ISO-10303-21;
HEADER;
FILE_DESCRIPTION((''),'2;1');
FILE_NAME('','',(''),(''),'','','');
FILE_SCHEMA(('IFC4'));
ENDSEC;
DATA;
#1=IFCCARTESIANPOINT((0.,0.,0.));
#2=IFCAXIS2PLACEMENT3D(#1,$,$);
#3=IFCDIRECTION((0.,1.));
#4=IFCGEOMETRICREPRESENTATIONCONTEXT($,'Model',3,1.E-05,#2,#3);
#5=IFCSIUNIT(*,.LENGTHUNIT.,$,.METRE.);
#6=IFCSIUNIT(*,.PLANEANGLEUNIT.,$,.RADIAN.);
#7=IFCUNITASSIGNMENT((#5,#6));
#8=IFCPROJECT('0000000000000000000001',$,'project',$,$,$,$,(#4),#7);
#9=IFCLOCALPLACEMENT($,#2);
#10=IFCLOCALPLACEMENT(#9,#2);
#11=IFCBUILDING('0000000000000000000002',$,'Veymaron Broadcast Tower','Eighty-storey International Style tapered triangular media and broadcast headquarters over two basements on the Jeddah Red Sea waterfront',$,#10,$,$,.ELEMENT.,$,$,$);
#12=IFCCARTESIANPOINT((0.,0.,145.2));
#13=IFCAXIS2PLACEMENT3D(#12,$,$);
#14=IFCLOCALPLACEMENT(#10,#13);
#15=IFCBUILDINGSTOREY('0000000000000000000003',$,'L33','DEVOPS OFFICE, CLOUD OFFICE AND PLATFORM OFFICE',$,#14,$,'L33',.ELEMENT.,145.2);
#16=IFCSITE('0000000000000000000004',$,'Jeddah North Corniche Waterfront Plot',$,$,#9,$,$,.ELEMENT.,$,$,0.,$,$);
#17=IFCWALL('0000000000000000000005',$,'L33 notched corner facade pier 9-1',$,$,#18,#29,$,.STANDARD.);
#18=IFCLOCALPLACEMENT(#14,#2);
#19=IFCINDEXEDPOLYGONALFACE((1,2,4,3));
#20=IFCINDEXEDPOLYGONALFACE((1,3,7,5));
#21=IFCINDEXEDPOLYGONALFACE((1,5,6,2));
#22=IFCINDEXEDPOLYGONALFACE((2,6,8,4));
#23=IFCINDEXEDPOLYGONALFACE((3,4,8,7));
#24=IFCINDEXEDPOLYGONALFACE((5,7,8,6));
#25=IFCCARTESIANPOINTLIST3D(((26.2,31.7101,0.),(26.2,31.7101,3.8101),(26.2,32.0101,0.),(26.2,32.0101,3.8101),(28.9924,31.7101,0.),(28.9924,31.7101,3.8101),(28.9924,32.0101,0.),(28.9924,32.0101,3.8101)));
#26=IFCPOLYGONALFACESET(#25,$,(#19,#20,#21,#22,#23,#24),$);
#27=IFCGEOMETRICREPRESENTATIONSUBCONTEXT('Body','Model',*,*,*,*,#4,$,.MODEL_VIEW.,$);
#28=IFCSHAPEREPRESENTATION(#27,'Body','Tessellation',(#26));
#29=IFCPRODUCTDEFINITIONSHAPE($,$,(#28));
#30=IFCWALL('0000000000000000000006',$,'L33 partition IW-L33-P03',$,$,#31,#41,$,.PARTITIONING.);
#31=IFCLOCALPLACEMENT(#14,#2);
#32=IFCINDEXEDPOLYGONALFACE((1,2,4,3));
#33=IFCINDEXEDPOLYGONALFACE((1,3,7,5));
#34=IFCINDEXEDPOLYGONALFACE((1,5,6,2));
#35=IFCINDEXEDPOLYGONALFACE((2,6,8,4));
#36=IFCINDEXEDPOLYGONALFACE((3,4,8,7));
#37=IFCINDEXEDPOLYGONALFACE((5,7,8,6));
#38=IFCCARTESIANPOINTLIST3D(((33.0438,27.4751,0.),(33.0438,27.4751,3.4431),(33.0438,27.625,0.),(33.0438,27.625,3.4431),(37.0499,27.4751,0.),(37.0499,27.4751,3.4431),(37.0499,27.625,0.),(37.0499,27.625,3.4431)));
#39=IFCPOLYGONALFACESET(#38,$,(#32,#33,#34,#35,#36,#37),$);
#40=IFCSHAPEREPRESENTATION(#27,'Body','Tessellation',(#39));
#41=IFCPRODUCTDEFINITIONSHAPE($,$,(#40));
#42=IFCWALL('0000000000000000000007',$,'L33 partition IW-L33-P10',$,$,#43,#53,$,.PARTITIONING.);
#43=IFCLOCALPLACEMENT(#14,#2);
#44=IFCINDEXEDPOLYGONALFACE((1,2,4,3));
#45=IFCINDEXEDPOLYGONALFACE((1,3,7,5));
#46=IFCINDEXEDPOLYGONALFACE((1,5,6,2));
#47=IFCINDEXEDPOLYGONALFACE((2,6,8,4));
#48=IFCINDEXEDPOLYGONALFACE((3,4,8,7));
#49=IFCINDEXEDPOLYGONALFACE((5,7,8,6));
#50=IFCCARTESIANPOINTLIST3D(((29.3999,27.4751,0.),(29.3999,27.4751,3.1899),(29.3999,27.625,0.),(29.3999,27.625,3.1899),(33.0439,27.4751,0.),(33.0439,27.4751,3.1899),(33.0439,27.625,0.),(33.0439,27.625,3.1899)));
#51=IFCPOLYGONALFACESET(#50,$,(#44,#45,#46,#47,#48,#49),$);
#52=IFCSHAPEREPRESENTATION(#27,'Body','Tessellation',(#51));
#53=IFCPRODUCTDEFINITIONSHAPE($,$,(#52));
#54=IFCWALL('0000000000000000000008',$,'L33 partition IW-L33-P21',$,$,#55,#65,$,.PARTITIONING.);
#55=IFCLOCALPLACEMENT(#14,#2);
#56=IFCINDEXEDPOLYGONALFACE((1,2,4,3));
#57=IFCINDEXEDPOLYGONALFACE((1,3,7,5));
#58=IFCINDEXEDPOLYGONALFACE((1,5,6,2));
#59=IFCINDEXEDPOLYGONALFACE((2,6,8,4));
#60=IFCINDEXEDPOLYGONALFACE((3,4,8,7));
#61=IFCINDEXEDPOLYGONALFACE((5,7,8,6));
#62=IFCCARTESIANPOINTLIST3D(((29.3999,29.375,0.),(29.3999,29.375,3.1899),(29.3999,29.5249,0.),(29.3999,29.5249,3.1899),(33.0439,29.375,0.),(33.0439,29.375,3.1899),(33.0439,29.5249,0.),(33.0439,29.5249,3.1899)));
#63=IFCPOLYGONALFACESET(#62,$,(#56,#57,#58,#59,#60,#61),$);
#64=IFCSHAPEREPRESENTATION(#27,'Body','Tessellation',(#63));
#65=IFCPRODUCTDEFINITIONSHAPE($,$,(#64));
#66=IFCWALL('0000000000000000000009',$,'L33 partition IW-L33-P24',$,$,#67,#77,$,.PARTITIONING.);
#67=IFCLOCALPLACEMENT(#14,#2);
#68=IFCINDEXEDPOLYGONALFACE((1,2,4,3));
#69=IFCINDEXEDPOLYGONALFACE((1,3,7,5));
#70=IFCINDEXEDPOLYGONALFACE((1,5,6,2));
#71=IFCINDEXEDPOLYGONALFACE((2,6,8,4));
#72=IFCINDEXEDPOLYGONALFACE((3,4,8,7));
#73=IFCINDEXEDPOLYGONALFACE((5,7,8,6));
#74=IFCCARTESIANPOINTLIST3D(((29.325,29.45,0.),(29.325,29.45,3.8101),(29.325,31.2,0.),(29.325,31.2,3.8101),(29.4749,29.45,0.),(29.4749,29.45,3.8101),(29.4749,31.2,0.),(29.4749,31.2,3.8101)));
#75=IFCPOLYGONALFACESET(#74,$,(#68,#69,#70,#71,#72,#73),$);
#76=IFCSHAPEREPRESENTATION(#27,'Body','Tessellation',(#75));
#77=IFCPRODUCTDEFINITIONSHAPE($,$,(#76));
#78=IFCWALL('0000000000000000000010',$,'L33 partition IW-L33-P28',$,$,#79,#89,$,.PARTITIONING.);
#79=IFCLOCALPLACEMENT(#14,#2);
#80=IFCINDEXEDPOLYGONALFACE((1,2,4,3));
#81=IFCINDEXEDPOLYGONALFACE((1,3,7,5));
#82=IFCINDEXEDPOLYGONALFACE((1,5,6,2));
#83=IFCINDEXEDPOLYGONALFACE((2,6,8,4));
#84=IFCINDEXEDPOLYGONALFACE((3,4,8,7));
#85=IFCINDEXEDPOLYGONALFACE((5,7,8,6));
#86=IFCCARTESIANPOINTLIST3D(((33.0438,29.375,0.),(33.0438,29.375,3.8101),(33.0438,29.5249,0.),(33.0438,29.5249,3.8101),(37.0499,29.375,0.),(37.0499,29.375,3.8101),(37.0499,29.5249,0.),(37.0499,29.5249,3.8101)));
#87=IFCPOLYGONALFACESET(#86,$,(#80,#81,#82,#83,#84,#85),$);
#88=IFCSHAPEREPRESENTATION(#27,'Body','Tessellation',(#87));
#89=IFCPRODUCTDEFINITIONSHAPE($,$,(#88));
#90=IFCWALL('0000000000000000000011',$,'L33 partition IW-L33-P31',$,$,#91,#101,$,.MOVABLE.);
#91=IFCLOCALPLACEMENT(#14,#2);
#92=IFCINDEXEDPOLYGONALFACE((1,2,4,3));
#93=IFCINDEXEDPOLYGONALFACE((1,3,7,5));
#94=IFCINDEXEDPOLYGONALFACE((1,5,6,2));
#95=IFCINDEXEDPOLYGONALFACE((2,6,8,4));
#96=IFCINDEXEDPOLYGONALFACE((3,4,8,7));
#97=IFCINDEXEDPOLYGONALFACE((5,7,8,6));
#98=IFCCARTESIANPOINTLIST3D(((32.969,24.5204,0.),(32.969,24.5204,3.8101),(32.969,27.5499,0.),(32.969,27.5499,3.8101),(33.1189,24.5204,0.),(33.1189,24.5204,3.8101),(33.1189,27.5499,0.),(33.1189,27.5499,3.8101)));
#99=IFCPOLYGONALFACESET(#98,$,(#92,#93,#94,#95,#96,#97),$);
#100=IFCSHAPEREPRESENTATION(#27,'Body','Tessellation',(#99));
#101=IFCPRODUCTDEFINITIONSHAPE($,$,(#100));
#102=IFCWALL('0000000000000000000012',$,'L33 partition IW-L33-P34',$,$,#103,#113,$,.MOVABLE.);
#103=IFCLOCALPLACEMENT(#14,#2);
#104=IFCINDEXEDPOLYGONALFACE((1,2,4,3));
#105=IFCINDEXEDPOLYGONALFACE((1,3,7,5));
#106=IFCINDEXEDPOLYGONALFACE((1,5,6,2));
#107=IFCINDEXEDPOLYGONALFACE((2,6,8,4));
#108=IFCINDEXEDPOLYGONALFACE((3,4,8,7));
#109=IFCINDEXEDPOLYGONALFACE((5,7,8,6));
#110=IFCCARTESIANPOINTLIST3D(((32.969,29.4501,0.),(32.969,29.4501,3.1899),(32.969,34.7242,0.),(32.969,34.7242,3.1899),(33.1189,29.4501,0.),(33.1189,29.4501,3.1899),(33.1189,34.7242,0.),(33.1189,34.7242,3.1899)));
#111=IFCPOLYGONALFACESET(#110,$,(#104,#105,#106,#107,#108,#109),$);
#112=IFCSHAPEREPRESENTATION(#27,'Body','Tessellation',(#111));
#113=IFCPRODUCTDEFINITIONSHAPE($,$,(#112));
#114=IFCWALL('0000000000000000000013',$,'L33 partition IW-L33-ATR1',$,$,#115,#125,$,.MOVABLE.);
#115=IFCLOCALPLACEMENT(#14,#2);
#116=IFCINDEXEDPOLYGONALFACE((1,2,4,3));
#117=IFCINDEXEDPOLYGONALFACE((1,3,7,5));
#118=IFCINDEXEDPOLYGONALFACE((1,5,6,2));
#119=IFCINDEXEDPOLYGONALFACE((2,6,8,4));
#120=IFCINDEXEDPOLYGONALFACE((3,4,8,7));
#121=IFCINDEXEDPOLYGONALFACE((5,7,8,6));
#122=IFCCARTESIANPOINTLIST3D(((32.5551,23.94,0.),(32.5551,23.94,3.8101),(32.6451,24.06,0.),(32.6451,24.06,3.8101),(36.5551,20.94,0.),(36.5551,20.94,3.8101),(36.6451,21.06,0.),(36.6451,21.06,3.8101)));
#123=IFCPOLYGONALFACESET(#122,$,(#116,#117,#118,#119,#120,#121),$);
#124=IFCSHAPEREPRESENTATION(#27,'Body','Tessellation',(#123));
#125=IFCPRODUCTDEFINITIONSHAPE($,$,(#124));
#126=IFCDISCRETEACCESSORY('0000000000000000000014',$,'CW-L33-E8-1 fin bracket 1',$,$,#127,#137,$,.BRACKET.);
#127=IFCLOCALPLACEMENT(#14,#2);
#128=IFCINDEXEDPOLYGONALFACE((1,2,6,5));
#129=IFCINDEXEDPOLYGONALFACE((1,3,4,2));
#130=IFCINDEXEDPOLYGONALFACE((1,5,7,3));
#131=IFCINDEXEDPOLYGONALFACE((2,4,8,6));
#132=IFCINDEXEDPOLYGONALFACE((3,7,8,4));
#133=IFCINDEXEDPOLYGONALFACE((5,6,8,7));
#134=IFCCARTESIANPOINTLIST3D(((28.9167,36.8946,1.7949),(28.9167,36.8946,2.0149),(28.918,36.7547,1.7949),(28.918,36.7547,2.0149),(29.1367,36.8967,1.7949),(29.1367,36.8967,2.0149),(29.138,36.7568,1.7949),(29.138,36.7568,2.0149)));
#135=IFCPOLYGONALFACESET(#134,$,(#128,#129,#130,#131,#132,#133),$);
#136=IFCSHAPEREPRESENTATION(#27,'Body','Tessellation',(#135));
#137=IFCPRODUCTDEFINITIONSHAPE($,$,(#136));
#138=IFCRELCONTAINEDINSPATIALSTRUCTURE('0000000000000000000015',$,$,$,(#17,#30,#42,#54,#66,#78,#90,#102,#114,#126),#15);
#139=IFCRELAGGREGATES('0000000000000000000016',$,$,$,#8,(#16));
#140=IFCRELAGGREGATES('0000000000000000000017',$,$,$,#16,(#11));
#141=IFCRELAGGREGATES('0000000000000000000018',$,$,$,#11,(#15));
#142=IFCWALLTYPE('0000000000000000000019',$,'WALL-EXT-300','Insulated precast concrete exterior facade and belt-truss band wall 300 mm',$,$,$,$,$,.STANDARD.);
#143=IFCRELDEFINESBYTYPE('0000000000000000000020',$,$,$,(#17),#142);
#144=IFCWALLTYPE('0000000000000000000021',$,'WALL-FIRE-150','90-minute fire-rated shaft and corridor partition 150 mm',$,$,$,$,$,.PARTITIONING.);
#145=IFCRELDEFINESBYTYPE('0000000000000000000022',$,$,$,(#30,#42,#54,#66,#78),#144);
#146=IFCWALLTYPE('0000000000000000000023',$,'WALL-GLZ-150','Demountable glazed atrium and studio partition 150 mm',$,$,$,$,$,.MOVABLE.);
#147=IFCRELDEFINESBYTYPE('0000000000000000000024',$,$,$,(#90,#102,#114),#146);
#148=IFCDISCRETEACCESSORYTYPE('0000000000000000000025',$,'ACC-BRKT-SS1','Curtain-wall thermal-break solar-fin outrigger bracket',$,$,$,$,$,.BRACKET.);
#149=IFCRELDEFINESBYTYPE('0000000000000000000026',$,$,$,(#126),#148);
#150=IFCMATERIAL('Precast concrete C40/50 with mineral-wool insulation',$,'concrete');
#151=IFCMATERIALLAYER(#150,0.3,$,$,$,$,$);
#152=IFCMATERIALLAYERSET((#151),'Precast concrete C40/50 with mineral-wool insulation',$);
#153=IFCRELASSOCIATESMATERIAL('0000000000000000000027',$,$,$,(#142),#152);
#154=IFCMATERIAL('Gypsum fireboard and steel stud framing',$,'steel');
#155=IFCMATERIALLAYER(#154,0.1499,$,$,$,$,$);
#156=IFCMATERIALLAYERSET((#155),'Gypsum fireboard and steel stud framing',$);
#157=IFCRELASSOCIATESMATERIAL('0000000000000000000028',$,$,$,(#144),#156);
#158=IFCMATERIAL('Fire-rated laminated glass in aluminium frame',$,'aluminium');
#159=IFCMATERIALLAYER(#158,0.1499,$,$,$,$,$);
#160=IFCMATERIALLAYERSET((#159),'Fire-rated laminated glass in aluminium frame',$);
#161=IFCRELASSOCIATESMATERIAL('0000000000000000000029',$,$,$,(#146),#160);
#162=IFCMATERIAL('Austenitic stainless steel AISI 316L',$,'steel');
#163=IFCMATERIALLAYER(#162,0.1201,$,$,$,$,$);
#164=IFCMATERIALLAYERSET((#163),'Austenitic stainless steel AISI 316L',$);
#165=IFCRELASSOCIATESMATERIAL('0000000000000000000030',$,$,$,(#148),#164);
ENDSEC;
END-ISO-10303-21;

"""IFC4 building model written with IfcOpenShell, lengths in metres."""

from ifc_helpers import new_model, si_unit, direction, frame, frame_2d, origin, origin_2d, place, context, subcontext, project, spatial, rectangle, extrude, material, layer, layer_set, type_object, element, save


model = new_model("IFC4")

# Units and contexts
model_context = context("Model", 3, precision=1e-05, world=origin(), true_north=direction((0.0, 1.0)))
body_context = subcontext(model_context, "Body", "Model", "MODEL_VIEW")
ifc_project = project(units=[si_unit("LENGTHUNIT", "METRE"), si_unit("PLANEANGLEUNIT", "RADIAN")], contexts=[model_context])

# Site, building, storey
site_placement = place(None, origin())
site = spatial("IfcSite", under=ifc_project, at=site_placement, Name="Jeddah North Corniche Waterfront Plot", CompositionType="ELEMENT", RefElevation=0.0)
building_placement = place(site_placement, origin())
building = spatial("IfcBuilding", under=site, at=building_placement, Name="Veymaron Broadcast Tower", Description="Eighty-storey International Style tapered triangular media and broadcast headquarters over two basements on the Jeddah Red Sea waterfront", CompositionType="ELEMENT")
storey_placement = place(building_placement, frame((0.0, 0.0, 145.2)))
storey = spatial("IfcBuildingStorey", under=building, at=storey_placement, Name="L33", Description="DEVOPS OFFICE, CLOUD OFFICE AND PLATFORM OFFICE", LongName="L33", CompositionType="ELEMENT", Elevation=145.2)

# Walls
ifc_material_1 = material(Name="Precast concrete C40/50 with mineral-wool insulation", Category="concrete")
ifc_layer_1 = layer(ifc_material_1, 0.3)
ifc_layer_set_1 = layer_set([ifc_layer_1], Name="Precast concrete C40/50 with mineral-wool insulation")
wall_type_1 = type_object("IfcWallType", Name="WALL-EXT-300", Description="Insulated precast concrete exterior facade and belt-truss band wall 300 mm", PredefinedType="STANDARD", material=ifc_layer_set_1)
wall_1_placement = place(storey_placement, frame((28.9924, 31.8601, 0.0), z_axis=(0.0, 0.0, 1.0), x_axis=(-1.0, 0.0, 0.0)))
element("IfcWall", 1, at=wall_1_placement, inside=storey, type_object=wall_type_1, Name="L33 notched corner facade pier 9-1", PredefinedType="STANDARD", context=body_context, shape_type="SweptSolid", body=[
    extrude(rectangle(XDim=2.7925, YDim=0.3, at=frame_2d((1.3962, 0.0))), origin(), (0.0, 0.0, 1.0), 3.8101),
])
ifc_material_2 = material(Name="Gypsum fireboard and steel stud framing", Category="steel")
ifc_layer_2 = layer(ifc_material_2, 0.1499)
ifc_layer_set_2 = layer_set([ifc_layer_2], Name="Gypsum fireboard and steel stud framing")
wall_type_2 = type_object("IfcWallType", Name="WALL-FIRE-150", Description="90-minute fire-rated shaft and corridor partition 150 mm", PredefinedType="PARTITIONING", material=ifc_layer_set_2)
wall_2_placement = place(storey_placement, frame((33.0439, 27.55, 0.0), z_axis=(0.0, 0.0, 1.0), x_axis=(1.0, 0.0, 0.0)))
element("IfcWall", 2, at=wall_2_placement, inside=storey, type_object=wall_type_2, Name="L33 partition IW-L33-P03", PredefinedType="PARTITIONING", context=body_context, shape_type="SweptSolid", body=[
    extrude(rectangle(XDim=4.0061, YDim=0.1499, at=frame_2d((2.0029, 0.0))), origin(), (0.0, 0.0, 1.0), 3.4431),
])
for number, where, z_axis, x_axis, name in (
    (3, (29.3999, 27.55, 0.0), (0.0, 0.0, 1.0), (1.0, 0.0, 0.0), "L33 partition IW-L33-P10"),
    (4, (29.3999, 29.45, 0.0), (0.0, 0.0, 1.0), (1.0, 0.0, 0.0), "L33 partition IW-L33-P21"),
):
    element("IfcWall", number, at=place(storey_placement, frame(where, z_axis=z_axis, x_axis=x_axis)), inside=storey, type_object=wall_type_2, Name=name, PredefinedType="PARTITIONING", context=body_context, shape_type="SweptSolid", body=[
        extrude(rectangle(XDim=3.644, YDim=0.1499, at=frame_2d((1.822, 0.0))), origin(), (0.0, 0.0, 1.0), 3.1899),
    ])
wall_3_placement = place(storey_placement, frame((29.3999, 29.45, 0.0), z_axis=(0.0, 0.0, 1.0), x_axis=(0.0, 1.0, 0.0)))
element("IfcWall", 5, at=wall_3_placement, inside=storey, type_object=wall_type_2, Name="L33 partition IW-L33-P24", PredefinedType="PARTITIONING", context=body_context, shape_type="SweptSolid", body=[
    extrude(rectangle(XDim=1.75, YDim=0.1499, at=frame_2d((0.875, 0.0))), origin(), (0.0, 0.0, 1.0), 3.8101),
])
wall_4_placement = place(storey_placement, frame((33.0439, 29.45, 0.0), z_axis=(0.0, 0.0, 1.0), x_axis=(1.0, 0.0, 0.0)))
element("IfcWall", 6, at=wall_4_placement, inside=storey, type_object=wall_type_2, Name="L33 partition IW-L33-P28", PredefinedType="PARTITIONING", context=body_context, shape_type="SweptSolid", body=[
    extrude(rectangle(XDim=4.0061, YDim=0.1499, at=frame_2d((2.0029, 0.0))), origin(), (0.0, 0.0, 1.0), 3.8101),
])
ifc_material_3 = material(Name="Fire-rated laminated glass in aluminium frame", Category="aluminium")
ifc_layer_3 = layer(ifc_material_3, 0.1499)
ifc_layer_set_3 = layer_set([ifc_layer_3], Name="Fire-rated laminated glass in aluminium frame")
wall_type_3 = type_object("IfcWallType", Name="WALL-GLZ-150", Description="Demountable glazed atrium and studio partition 150 mm", PredefinedType="MOVABLE", material=ifc_layer_set_3)
wall_5_placement = place(storey_placement, frame((33.0439, 24.5205, 0.0), z_axis=(0.0, 0.0, 1.0), x_axis=(0.0, 1.0, 0.0)))
element("IfcWall", 7, at=wall_5_placement, inside=storey, type_object=wall_type_3, Name="L33 partition IW-L33-P31", PredefinedType="MOVABLE", context=body_context, shape_type="SweptSolid", body=[
    extrude(rectangle(XDim=3.0295, YDim=0.1499, at=frame_2d((1.5146, 0.0))), origin(), (0.0, 0.0, 1.0), 3.8101),
])
wall_6_placement = place(storey_placement, frame((33.0439, 29.45, 0.0), z_axis=(0.0, 0.0, 1.0), x_axis=(0.0, 1.0, 0.0)))
element("IfcWall", 8, at=wall_6_placement, inside=storey, type_object=wall_type_3, Name="L33 partition IW-L33-P34", PredefinedType="MOVABLE", context=body_context, shape_type="SweptSolid", body=[
    extrude(rectangle(XDim=5.2742, YDim=0.1499, at=frame_2d((2.6372, 0.0))), origin(), (0.0, 0.0, 1.0), 3.1899),
])
wall_7_placement = place(storey_placement, frame((32.6001, 24.0, 0.0), z_axis=(0.0, 0.0, 1.0), x_axis=(0.8, -0.6, 0.0)))
element("IfcWall", 9, at=wall_7_placement, inside=storey, type_object=wall_type_3, Name="L33 partition IW-L33-ATR1", PredefinedType="MOVABLE", context=body_context, shape_type="SweptSolid", body=[
    extrude(rectangle(XDim=5.0, YDim=0.1499, at=frame_2d((2.5, 0.0))), origin(), (0.0, 0.0, 1.0), 3.8101),
])

# Discrete accessory
ifc_material_4 = material(Name="Austenitic stainless steel AISI 316L", Category="steel")
ifc_layer_4 = layer(ifc_material_4, 0.1201)
ifc_layer_set_4 = layer_set([ifc_layer_4], Name="Austenitic stainless steel AISI 316L")
discrete_accessory_type = type_object("IfcDiscreteAccessoryType", Name="ACC-BRKT-SS1", Description="Curtain-wall thermal-break solar-fin outrigger bracket", PredefinedType="BRACKET", material=ifc_layer_set_4)
discrete_accessory_placement = place(storey_placement, frame((29.0273, 36.8257, 1.7949), z_axis=(0.0, 0.0, 1.0), x_axis=(-0.999956, -0.009355, 0.0)))
element("IfcDiscreteAccessory", 10, at=discrete_accessory_placement, inside=storey, type_object=discrete_accessory_type, Name="CW-L33-E8-1 fin bracket 1", PredefinedType="BRACKET", context=body_context, shape_type="SweptSolid", body=[
    extrude(rectangle(XDim=0.22, YDim=0.1399, at=origin_2d()), origin(), (0.0, 0.0, 1.0), 0.22),
])

save(model, "model.ifc")
